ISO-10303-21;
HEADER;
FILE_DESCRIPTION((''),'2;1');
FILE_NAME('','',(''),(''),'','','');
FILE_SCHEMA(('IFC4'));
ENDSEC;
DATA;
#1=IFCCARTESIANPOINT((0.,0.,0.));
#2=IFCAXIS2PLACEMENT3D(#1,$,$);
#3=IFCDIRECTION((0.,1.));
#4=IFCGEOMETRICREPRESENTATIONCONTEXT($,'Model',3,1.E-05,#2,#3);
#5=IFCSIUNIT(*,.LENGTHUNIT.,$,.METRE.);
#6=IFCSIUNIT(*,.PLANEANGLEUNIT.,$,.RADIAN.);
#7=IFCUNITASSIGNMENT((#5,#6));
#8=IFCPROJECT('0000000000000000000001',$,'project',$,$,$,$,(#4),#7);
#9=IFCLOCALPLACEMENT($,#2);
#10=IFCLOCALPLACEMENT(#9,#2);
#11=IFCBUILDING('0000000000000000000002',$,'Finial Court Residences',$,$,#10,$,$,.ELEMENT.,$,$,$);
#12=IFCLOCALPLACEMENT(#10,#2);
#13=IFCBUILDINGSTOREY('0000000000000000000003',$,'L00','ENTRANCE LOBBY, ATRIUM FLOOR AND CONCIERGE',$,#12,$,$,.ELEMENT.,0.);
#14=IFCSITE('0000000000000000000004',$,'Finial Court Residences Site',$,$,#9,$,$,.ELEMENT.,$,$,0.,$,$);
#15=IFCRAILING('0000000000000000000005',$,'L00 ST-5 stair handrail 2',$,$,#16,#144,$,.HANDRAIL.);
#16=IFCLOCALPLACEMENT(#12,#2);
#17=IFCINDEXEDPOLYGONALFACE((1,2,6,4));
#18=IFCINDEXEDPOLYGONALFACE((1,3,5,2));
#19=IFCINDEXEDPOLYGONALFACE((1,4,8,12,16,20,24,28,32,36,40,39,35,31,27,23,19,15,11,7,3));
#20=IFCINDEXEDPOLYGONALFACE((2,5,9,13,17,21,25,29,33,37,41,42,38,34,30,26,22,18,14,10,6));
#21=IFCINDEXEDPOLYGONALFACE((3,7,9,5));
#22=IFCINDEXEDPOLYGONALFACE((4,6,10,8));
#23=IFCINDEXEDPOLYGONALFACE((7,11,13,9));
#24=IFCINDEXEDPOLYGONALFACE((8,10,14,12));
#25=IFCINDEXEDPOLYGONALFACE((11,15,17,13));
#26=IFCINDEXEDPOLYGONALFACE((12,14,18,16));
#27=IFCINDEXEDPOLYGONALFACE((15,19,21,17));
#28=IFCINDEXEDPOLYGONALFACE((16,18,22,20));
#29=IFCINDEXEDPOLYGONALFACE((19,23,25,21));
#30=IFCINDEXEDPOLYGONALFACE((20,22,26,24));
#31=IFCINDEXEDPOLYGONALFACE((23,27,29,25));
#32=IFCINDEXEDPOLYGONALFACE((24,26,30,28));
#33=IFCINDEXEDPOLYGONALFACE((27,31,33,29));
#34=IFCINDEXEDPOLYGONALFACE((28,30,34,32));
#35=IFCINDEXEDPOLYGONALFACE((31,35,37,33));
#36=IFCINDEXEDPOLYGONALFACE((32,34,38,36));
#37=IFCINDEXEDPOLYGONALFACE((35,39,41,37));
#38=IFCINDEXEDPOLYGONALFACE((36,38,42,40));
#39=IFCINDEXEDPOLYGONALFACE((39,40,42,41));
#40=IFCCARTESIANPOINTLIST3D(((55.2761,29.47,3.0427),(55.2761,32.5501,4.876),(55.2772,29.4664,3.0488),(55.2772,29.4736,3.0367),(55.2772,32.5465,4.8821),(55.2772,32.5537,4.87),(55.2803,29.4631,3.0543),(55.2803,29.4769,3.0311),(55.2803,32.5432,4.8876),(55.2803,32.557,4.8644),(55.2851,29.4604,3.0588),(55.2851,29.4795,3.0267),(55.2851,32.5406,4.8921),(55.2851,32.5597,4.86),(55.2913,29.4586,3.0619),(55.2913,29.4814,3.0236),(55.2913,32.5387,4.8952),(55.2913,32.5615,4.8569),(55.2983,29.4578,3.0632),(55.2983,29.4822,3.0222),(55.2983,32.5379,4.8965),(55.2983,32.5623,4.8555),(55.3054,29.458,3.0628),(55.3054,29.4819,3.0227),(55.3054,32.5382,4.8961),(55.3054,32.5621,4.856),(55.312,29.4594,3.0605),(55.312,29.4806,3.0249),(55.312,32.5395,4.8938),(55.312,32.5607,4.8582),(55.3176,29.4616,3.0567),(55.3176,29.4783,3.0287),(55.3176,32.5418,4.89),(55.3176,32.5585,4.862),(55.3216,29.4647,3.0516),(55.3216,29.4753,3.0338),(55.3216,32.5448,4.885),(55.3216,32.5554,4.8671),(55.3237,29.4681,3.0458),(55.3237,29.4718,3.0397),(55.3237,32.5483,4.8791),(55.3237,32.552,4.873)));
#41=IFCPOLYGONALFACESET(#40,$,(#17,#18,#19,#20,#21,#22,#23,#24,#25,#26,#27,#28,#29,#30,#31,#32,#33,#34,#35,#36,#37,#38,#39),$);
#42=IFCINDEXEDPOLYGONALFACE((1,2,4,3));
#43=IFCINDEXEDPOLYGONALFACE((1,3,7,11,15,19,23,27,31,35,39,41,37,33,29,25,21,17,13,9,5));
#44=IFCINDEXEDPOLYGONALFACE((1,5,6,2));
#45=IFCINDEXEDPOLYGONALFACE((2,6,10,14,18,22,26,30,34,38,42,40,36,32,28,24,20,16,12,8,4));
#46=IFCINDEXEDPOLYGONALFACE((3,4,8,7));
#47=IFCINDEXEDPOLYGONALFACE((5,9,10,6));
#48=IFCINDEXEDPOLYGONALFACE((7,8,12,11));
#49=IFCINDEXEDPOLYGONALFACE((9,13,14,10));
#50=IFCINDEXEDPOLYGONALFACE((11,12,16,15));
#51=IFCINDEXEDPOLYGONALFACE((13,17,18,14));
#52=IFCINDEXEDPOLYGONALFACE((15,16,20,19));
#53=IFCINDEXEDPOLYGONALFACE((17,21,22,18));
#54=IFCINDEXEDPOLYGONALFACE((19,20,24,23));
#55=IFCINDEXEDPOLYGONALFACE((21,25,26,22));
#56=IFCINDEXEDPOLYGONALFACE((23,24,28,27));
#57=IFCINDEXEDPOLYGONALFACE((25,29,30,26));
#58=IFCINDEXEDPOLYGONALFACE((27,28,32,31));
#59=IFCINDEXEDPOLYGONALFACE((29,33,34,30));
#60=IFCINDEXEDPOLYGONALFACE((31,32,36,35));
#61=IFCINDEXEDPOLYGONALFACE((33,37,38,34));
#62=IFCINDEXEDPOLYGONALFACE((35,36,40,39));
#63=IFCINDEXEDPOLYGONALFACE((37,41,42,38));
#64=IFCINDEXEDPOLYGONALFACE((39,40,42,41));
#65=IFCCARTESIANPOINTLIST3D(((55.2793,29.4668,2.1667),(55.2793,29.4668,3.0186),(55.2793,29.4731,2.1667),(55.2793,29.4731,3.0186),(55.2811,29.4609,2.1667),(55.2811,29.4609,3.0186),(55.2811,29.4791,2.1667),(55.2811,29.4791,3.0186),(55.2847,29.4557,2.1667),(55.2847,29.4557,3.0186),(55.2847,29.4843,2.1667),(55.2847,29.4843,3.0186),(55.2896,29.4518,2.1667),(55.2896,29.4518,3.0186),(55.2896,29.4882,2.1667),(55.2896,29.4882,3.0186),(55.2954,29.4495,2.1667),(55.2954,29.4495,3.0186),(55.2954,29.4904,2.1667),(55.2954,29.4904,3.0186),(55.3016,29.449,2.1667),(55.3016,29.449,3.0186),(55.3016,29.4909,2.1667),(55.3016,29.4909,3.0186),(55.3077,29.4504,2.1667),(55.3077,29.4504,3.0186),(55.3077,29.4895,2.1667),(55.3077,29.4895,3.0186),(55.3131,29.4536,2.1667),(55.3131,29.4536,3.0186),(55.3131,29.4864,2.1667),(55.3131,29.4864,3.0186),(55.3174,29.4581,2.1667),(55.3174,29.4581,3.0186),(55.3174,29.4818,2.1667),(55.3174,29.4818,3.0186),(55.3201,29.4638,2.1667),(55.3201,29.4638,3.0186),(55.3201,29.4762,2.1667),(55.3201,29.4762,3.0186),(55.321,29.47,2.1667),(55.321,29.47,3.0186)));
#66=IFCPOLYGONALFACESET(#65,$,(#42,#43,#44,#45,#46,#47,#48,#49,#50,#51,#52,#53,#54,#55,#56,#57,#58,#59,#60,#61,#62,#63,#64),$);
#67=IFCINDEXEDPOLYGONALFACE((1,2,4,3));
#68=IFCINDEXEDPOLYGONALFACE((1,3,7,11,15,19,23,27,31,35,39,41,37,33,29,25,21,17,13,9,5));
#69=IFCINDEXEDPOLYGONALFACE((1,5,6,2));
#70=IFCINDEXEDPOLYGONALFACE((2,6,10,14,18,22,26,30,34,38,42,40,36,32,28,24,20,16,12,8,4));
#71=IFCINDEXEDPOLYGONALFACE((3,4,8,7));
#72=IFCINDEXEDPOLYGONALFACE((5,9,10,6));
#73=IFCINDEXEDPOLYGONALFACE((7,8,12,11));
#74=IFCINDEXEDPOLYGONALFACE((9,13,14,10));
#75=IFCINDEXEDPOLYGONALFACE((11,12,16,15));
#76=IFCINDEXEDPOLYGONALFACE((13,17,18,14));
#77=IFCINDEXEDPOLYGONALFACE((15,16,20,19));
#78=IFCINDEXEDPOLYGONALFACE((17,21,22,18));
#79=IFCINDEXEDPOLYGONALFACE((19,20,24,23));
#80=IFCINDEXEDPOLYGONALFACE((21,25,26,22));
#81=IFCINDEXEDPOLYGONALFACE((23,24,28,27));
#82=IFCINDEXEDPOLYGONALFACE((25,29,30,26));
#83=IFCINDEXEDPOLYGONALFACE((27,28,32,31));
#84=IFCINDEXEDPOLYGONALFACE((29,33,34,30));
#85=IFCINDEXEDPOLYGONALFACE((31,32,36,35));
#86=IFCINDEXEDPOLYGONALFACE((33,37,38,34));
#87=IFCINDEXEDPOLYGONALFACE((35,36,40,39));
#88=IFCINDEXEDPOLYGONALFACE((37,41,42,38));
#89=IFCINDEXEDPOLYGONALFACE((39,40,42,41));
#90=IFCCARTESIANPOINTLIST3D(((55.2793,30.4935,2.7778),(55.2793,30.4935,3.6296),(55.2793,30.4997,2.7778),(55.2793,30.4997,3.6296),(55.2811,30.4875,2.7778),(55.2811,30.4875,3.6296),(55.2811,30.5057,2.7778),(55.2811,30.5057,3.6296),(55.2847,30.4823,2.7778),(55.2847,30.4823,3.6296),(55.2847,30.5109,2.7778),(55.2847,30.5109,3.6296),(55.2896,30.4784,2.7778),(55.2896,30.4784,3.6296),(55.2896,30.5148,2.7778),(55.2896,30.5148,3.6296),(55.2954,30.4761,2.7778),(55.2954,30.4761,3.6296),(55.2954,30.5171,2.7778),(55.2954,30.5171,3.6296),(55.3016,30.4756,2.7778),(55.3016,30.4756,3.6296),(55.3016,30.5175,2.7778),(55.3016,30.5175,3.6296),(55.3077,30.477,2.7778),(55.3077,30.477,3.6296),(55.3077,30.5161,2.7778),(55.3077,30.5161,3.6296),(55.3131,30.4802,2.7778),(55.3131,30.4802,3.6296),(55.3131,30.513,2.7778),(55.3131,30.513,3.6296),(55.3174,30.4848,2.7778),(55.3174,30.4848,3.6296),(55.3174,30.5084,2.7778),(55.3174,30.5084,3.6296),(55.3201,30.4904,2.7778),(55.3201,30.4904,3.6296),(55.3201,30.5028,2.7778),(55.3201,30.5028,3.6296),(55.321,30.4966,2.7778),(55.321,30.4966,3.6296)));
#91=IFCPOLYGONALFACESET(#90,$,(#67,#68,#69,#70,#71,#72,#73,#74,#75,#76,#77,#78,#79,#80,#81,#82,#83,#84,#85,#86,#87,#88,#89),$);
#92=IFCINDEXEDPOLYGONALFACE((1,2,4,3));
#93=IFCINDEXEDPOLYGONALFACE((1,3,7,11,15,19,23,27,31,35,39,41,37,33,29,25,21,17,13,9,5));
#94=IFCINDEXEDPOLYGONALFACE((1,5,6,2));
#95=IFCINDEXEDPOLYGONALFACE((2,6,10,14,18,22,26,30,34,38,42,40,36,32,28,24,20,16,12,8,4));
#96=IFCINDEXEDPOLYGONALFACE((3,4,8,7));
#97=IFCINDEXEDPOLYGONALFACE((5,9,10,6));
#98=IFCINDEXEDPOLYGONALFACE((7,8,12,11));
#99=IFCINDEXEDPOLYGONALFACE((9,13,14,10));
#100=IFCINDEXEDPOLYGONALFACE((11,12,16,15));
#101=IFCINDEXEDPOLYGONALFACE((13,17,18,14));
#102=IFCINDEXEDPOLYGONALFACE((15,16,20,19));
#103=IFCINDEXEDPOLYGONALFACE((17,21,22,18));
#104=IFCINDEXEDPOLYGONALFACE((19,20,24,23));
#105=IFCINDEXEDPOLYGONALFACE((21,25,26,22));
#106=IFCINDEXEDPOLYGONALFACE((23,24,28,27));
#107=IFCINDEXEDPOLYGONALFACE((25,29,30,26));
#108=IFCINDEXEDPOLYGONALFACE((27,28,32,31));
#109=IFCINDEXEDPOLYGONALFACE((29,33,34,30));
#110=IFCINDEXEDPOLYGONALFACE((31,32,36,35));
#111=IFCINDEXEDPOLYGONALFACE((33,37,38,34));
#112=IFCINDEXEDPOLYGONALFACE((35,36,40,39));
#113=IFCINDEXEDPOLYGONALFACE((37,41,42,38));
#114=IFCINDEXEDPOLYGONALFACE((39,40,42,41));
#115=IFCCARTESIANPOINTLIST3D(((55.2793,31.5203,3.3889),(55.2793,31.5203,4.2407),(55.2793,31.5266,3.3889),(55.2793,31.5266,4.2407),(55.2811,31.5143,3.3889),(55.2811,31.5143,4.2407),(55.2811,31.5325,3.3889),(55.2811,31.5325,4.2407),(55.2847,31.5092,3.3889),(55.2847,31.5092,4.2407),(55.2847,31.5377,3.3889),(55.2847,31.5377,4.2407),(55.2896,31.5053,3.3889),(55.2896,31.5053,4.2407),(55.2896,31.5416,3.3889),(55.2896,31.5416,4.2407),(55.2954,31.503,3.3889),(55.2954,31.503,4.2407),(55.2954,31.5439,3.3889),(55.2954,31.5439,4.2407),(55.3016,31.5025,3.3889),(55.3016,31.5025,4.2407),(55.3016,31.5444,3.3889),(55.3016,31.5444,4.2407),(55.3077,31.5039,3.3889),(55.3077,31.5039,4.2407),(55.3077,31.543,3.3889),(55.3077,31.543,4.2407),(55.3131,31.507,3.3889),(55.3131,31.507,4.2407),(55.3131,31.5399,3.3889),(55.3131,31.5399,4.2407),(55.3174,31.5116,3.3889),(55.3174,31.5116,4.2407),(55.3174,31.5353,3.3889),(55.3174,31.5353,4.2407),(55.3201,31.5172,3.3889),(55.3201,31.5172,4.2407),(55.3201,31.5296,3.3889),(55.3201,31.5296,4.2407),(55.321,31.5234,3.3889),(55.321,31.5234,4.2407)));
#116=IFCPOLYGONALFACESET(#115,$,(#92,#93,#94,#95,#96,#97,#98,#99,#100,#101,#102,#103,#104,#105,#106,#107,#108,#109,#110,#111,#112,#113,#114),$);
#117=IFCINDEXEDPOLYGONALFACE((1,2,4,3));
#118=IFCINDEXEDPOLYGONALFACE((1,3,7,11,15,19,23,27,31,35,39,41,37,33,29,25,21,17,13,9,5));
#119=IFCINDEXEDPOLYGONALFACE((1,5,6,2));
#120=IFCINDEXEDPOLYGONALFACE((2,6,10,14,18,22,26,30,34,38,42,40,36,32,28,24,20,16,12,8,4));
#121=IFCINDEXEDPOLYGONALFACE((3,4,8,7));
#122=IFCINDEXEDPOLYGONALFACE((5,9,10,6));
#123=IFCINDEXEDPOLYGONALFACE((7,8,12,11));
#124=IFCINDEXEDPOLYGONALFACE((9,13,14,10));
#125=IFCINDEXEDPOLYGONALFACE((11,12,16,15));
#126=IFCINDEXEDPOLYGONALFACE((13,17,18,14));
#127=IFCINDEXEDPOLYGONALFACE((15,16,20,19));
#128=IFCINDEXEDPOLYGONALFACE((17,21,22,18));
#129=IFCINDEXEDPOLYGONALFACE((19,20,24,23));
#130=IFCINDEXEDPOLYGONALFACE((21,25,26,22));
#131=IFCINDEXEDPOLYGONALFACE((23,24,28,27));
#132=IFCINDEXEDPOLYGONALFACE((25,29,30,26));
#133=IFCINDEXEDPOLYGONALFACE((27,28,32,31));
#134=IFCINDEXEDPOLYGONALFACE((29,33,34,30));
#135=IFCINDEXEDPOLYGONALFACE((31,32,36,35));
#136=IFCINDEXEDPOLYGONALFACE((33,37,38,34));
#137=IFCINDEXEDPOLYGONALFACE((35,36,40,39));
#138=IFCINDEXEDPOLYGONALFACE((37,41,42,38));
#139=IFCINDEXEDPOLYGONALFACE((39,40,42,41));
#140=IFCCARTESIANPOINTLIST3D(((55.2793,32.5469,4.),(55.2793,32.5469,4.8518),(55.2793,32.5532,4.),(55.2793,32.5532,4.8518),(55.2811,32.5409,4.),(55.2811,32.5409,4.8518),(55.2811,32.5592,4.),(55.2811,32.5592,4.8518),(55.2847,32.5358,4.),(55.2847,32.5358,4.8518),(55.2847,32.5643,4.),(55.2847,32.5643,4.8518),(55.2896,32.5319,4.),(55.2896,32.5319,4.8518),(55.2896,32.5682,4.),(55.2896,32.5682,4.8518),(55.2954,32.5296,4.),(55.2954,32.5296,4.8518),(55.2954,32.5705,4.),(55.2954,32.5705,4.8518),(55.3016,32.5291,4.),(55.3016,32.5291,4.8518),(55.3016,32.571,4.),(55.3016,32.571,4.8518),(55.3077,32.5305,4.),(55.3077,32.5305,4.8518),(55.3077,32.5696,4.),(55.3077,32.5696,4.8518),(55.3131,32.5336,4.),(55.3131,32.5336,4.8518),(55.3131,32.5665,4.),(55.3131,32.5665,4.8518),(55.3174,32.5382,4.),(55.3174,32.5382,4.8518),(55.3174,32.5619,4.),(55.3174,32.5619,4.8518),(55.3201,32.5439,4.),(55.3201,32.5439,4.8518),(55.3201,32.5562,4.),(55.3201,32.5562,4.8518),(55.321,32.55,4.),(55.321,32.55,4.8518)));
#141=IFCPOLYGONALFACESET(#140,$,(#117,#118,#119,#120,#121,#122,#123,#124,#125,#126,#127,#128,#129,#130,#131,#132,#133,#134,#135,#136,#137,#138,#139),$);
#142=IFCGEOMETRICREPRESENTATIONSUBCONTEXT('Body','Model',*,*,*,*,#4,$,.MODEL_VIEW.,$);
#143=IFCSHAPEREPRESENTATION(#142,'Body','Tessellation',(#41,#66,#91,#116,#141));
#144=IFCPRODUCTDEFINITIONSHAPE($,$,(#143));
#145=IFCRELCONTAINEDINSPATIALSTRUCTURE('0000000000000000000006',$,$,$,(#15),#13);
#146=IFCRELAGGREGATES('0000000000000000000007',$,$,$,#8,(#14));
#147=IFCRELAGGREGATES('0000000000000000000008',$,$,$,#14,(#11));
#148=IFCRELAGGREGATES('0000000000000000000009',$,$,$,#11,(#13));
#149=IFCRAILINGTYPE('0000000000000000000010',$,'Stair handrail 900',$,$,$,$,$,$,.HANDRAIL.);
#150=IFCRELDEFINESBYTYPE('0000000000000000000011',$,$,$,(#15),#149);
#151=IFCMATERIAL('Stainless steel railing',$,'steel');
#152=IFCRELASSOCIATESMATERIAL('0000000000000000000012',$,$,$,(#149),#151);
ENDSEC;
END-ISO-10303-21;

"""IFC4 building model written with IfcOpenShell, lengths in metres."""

from ifc_helpers import new_model, si_unit, direction, frame, origin, origin_2d, place, context, subcontext, project, spatial, circle, extrude, material, type_object, element, save


model = new_model("IFC4")

# Units and contexts
model_context = context("Model", 3, precision=1e-05, world=origin(), true_north=direction((0.0, 1.0)))
body_context = subcontext(model_context, "Body", "Model", "MODEL_VIEW")
ifc_project = project(units=[si_unit("LENGTHUNIT", "METRE"), si_unit("PLANEANGLEUNIT", "RADIAN")], contexts=[model_context])

# Site, building, storey
site_placement = place(None, origin())
site = spatial("IfcSite", under=ifc_project, at=site_placement, Name="Finial Court Residences Site", CompositionType="ELEMENT", RefElevation=0.0)
building_placement = place(site_placement, origin())
building = spatial("IfcBuilding", under=site, at=building_placement, Name="Finial Court Residences", CompositionType="ELEMENT")
storey_placement = place(building_placement, origin())
storey = spatial("IfcBuildingStorey", under=building, at=storey_placement, Name="L00", Description="ENTRANCE LOBBY, ATRIUM FLOOR AND CONCIERGE", CompositionType="ELEMENT", Elevation=0.0)

# Railing
ifc_material_1 = material(Name="Stainless steel railing", Category="steel")
railing_type = type_object("IfcRailingType", Name="Stair handrail 900", PredefinedType="HANDRAIL", material=ifc_material_1)
for number, where, name in (
    (1, (55.3, 29.47, 2.1667), "L00 ST-5 stair handrail 2"),
):
    element("IfcRailing", number, at=place(storey_placement, frame(where)), inside=storey, type_object=railing_type, Name=name, PredefinedType="HANDRAIL", context=body_context, shape_type="SweptSolid", body=[
        extrude(circle(Radius=0.0239, at=origin_2d()), frame((0.0, 0.0, 0.876), z_axis=(0.0, 0.859309, 0.511458), x_axis=(-1.0, 0.0, 0.0)), (0.0, 0.0, 1.0), 3.5845),
        extrude(circle(Radius=0.021, at=origin_2d()), origin(), (0.0, 0.0, 1.0), 0.8518),
        extrude(circle(Radius=0.021, at=origin_2d()), frame((0.0, 1.0266, 0.6111)), (0.0, 0.0, 1.0), 0.8518),
        extrude(circle(Radius=0.021, at=origin_2d()), frame((0.0, 2.0535, 1.2222)), (0.0, 0.0, 1.0), 0.8518),
        extrude(circle(Radius=0.021, at=origin_2d()), frame((0.0, 3.0801, 1.8333)), (0.0, 0.0, 1.0), 0.8518),
    ])

save(model, "model.ifc")
